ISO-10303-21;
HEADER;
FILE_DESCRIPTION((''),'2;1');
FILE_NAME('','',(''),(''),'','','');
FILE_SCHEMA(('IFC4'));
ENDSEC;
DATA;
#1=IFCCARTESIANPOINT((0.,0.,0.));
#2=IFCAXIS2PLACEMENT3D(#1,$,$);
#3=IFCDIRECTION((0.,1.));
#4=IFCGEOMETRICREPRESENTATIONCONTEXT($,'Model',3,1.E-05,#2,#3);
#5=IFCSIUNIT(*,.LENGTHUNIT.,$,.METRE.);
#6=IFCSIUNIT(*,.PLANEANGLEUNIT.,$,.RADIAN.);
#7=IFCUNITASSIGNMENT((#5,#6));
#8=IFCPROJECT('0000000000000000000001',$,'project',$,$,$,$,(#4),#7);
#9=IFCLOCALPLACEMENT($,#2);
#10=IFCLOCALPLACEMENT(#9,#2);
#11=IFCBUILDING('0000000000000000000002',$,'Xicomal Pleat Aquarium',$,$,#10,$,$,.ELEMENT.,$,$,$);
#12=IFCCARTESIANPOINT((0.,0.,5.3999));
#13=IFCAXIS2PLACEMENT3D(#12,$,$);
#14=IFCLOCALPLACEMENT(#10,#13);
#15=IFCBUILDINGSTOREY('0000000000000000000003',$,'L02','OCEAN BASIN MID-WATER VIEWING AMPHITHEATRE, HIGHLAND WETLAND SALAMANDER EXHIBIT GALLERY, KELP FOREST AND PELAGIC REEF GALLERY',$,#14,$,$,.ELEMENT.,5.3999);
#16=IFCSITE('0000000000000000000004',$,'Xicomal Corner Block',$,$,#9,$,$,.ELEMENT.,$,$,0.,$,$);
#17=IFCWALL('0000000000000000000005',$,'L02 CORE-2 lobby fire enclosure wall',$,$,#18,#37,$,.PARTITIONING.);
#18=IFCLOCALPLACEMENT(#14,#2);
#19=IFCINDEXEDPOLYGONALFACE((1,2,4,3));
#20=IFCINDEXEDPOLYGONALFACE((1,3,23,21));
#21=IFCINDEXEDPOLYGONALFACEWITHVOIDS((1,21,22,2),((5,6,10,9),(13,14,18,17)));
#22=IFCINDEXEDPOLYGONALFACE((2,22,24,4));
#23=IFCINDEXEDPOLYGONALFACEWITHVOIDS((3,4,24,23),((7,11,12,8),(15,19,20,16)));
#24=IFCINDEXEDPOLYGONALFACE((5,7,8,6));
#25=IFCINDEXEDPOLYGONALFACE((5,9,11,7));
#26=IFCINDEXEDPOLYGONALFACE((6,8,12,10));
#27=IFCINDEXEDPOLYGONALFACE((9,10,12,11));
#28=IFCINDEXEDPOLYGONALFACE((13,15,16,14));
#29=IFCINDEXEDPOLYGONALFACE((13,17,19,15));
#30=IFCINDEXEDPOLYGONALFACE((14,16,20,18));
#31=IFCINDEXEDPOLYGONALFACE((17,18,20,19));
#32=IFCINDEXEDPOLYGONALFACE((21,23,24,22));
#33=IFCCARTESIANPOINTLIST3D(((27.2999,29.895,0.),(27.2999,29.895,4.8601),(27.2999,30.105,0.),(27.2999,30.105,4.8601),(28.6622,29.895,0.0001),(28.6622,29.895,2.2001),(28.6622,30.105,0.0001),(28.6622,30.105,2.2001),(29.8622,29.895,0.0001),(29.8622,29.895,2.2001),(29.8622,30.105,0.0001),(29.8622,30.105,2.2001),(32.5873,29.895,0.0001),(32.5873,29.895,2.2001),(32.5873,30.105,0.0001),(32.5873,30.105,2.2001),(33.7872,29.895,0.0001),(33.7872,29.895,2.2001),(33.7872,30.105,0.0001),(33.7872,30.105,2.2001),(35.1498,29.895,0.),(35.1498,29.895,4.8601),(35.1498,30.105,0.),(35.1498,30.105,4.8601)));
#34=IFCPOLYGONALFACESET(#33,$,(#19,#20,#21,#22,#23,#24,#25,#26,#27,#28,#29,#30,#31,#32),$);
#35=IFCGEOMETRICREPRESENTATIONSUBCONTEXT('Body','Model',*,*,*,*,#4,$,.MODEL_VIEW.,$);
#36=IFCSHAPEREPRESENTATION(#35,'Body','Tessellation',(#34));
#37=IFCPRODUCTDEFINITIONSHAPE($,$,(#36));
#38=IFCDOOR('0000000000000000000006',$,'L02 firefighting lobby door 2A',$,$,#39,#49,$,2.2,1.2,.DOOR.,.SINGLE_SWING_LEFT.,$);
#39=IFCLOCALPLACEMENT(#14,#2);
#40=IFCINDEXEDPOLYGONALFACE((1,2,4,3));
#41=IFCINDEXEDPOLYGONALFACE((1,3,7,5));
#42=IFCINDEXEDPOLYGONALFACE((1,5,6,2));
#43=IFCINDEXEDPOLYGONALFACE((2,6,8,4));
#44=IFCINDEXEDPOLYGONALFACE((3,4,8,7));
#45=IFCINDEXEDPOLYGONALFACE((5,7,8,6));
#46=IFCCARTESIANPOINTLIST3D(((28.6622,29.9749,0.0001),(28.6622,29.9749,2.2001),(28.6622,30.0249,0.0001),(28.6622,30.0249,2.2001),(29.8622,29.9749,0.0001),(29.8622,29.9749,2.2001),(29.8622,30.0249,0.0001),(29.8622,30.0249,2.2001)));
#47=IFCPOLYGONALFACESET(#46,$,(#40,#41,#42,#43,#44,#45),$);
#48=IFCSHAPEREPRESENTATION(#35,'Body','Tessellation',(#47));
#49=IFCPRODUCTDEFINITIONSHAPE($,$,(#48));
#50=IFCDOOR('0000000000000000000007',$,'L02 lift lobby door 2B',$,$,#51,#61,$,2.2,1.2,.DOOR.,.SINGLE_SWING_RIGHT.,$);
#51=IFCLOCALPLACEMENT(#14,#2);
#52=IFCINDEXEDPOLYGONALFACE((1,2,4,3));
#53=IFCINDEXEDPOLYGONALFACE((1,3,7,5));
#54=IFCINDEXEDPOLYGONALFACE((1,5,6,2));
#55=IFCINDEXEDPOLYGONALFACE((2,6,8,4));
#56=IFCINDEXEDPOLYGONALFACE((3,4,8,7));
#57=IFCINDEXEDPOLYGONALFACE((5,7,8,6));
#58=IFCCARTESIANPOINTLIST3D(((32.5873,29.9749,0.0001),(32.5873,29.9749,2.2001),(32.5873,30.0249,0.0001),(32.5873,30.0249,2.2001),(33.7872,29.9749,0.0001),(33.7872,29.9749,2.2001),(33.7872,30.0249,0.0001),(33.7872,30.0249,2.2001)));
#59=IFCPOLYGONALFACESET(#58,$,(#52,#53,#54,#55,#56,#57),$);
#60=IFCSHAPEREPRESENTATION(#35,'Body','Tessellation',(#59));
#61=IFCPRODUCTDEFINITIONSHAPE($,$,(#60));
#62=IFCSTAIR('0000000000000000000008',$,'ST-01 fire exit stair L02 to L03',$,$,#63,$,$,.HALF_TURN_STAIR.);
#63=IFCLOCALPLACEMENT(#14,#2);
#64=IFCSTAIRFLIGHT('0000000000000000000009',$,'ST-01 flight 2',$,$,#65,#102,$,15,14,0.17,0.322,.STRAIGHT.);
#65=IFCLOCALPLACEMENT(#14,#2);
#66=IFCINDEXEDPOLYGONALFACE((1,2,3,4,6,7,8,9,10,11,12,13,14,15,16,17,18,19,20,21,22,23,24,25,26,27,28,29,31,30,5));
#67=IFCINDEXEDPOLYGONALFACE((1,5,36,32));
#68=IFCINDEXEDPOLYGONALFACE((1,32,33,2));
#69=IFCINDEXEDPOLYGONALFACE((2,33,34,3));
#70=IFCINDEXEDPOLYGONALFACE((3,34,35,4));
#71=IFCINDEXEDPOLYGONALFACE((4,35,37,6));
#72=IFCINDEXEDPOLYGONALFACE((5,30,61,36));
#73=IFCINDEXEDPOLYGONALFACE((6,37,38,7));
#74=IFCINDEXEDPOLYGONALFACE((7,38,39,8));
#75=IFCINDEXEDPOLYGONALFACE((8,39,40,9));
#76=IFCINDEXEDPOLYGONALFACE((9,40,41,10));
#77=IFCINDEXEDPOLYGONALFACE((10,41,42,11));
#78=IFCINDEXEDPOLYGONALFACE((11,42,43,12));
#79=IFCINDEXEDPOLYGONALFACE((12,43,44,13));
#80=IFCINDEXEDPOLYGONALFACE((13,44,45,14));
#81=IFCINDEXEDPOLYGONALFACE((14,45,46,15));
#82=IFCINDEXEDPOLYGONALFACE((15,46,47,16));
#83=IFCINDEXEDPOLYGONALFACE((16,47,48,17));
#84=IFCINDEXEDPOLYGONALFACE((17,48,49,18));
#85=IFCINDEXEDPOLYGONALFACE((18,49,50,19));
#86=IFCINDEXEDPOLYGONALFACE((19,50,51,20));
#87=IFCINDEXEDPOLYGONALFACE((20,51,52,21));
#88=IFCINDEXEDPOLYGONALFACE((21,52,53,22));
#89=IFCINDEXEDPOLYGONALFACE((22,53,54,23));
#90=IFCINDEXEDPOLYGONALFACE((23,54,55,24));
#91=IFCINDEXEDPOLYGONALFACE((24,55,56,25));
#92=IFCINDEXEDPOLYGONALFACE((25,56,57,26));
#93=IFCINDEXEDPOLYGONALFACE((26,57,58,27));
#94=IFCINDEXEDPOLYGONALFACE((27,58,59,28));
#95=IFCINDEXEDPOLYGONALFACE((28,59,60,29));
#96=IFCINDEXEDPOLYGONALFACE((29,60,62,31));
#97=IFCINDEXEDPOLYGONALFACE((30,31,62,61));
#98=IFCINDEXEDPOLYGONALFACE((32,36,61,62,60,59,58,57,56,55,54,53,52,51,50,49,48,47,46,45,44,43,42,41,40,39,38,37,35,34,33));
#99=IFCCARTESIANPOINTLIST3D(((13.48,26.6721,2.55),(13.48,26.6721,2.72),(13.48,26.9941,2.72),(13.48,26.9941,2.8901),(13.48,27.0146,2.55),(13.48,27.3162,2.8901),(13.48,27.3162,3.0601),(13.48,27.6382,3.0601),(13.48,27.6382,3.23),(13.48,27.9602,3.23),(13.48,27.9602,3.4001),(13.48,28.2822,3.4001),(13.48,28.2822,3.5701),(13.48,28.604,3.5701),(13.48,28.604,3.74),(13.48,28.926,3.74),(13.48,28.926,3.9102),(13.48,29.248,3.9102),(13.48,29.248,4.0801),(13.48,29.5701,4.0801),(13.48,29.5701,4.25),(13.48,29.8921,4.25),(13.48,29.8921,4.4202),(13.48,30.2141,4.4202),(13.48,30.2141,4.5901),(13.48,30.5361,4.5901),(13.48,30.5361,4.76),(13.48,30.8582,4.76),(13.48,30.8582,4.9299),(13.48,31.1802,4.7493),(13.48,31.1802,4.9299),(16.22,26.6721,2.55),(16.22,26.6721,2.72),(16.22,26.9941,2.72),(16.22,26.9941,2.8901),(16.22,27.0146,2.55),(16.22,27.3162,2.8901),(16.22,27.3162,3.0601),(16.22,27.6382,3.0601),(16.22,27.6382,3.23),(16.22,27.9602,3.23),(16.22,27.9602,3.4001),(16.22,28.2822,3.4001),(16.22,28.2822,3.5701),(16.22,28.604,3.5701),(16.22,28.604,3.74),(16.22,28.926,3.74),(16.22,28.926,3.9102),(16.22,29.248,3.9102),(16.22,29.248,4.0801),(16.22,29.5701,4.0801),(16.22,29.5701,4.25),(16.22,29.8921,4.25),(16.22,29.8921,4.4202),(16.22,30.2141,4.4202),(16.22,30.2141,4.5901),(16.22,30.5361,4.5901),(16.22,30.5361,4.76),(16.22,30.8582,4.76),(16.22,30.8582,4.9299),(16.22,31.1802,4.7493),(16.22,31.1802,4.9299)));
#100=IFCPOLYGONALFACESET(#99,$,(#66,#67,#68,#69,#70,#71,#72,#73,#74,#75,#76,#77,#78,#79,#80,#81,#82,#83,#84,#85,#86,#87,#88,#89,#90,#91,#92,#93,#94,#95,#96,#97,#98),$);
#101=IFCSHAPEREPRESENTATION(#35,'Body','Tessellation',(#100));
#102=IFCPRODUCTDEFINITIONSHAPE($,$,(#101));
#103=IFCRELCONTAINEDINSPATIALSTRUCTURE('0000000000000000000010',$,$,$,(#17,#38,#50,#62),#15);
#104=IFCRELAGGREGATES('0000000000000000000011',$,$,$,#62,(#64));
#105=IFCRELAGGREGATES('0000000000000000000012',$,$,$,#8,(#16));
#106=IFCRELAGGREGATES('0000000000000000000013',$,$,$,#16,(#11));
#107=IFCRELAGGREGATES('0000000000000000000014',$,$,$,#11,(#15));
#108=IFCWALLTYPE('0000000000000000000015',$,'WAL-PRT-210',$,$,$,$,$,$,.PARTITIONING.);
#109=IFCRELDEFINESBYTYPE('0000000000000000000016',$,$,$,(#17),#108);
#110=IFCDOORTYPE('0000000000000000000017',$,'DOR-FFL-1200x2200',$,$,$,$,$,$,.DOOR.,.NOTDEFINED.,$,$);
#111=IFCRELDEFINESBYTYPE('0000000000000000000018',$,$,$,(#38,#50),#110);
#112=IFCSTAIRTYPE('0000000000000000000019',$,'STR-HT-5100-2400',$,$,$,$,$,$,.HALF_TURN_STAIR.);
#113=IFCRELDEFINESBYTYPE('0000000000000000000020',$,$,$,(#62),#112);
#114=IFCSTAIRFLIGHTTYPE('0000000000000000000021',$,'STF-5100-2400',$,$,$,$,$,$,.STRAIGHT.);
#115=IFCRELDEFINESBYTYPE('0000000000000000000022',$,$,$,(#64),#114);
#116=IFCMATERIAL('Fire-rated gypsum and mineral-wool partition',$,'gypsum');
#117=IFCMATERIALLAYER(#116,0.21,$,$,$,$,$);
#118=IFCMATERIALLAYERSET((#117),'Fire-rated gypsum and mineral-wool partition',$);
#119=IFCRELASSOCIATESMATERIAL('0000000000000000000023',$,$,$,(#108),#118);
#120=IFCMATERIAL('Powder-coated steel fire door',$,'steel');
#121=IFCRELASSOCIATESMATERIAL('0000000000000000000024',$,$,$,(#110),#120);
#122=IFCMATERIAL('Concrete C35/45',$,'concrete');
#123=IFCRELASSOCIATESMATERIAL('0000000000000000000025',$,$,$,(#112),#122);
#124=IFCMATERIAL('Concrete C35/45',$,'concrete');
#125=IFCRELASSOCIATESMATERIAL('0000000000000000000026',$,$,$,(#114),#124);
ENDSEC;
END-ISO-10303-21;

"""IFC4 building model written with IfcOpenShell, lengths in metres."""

from ifc_helpers import new_model, si_unit, direction, frame, frame_2d, origin, place, context, subcontext, project, spatial, polyline, rectangle, outline, extrude, material, layer, layer_set, type_object, element, fill, aggregate, save


model = new_model("IFC4")

# Units and contexts
model_context = context("Model", 3, precision=1e-05, world=origin(), true_north=direction((0.0, 1.0)))
body_context = subcontext(model_context, "Body", "Model", "MODEL_VIEW")
ifc_project = project(units=[si_unit("LENGTHUNIT", "METRE"), si_unit("PLANEANGLEUNIT", "RADIAN")], contexts=[model_context])

# Site, building, storey
site_placement = place(None, origin())
site = spatial("IfcSite", under=ifc_project, at=site_placement, Name="Xicomal Corner Block", CompositionType="ELEMENT", RefElevation=0.0)
building_placement = place(site_placement, origin())
building = spatial("IfcBuilding", under=site, at=building_placement, Name="Xicomal Pleat Aquarium", CompositionType="ELEMENT")
storey_placement = place(building_placement, frame((0.0, 0.0, 5.3999)))
storey = spatial("IfcBuildingStorey", under=building, at=storey_placement, Name="L02", Description="OCEAN BASIN MID-WATER VIEWING AMPHITHEATRE, HIGHLAND WETLAND SALAMANDER EXHIBIT GALLERY, KELP FOREST AND PELAGIC REEF GALLERY", CompositionType="ELEMENT", Elevation=5.3999)

# Wall, openings, doors
ifc_material_1 = material(Name="Fire-rated gypsum and mineral-wool partition", Category="gypsum")
ifc_layer_1 = layer(ifc_material_1, 0.21)
ifc_layer_set_1 = layer_set([ifc_layer_1], Name="Fire-rated gypsum and mineral-wool partition")
wall_type_1 = type_object("IfcWallType", Name="WAL-PRT-210", PredefinedType="PARTITIONING", material=ifc_layer_set_1)
wall_1_placement = place(storey_placement, frame((27.3, 30.0, 0.0), z_axis=(0.0, 0.0, 1.0), x_axis=(1.0, 0.0, 0.0)))
wall_1 = element("IfcWall", 1, at=wall_1_placement, inside=storey, type_object=wall_type_1, Name="L02 CORE-2 lobby fire enclosure wall", PredefinedType="PARTITIONING", context=body_context, shape_type="SweptSolid", body=[
    extrude(rectangle(XDim=7.8499, YDim=0.21, at=frame_2d((3.9248, 0.0))), origin(), (0.0, 0.0, 1.0), 4.8601),
])
opening_1_placement = place(wall_1_placement, frame((1.3621, 0.0, 0.0)))
opening_1 = element("IfcOpeningElement", 2, at=opening_1_placement, cuts=wall_1, PredefinedType="OPENING", context=body_context, shape_type="SweptSolid", body=[
    extrude(rectangle(XDim=1.2, YDim=2.2, at=frame_2d((0.6001, 1.1001))), frame((0.0, 0.115, 0.0), z_axis=(0.0, -1.0, 0.0), x_axis=(1.0, 0.0, 0.0)), (0.0, 0.0, 1.0), 0.23),
])
opening_2_placement = place(wall_1_placement, frame((5.2871, 0.0, 0.0)))
opening_2 = element("IfcOpeningElement", 3, at=opening_2_placement, cuts=wall_1, PredefinedType="OPENING", context=body_context, shape_type="SweptSolid", body=[
    extrude(rectangle(XDim=1.2, YDim=2.2, at=frame_2d((0.6001, 1.1001))), frame((0.0, 0.115, 0.0), z_axis=(0.0, -1.0, 0.0), x_axis=(1.0, 0.0, 0.0)), (0.0, 0.0, 1.0), 0.23),
])
ifc_material_2 = material(Name="Powder-coated steel fire door", Category="steel")
door_type_1 = type_object("IfcDoorType", Name="DOR-FFL-1200x2200", OperationType="NOTDEFINED", PredefinedType="DOOR", material=ifc_material_2)
door_1_placement = place(opening_1_placement, origin())
door_1 = element("IfcDoor", 4, at=door_1_placement, inside=storey, type_object=door_type_1, Name="L02 firefighting lobby door 2A", OperationType="SINGLE_SWING_LEFT", OverallHeight=2.2, OverallWidth=1.2, PredefinedType="DOOR", context=body_context, shape_type="SweptSolid", body=[
    extrude(rectangle(XDim=1.2, YDim=2.2, at=frame_2d((0.6001, 1.1001))), frame((0.0, 0.0249, 0.0), z_axis=(0.0, -1.0, 0.0), x_axis=(1.0, 0.0, 0.0)), (0.0, 0.0, 1.0), 0.05),
])
fill(opening_1, door_1)
door_2_placement = place(opening_2_placement, origin())
door_2 = element("IfcDoor", 5, at=door_2_placement, inside=storey, type_object=door_type_1, Name="L02 lift lobby door 2B", OperationType="SINGLE_SWING_RIGHT", OverallHeight=2.2, OverallWidth=1.2, PredefinedType="DOOR", context=body_context, shape_type="SweptSolid", body=[
    extrude(rectangle(XDim=1.2, YDim=2.2, at=frame_2d((0.6001, 1.1001))), frame((0.0, 0.0249, 0.0), z_axis=(0.0, -1.0, 0.0), x_axis=(1.0, 0.0, 0.0)), (0.0, 0.0, 1.0), 0.05),
])
fill(opening_2, door_2)

# Stair, stair flight
ifc_material_3 = material(Name="Concrete C35/45", Category="concrete")
stair_type = type_object("IfcStairType", Name="STR-HT-5100-2400", PredefinedType="HALF_TURN_STAIR", material=ifc_material_3)
stair_placement = place(storey_placement, origin())
stair = element("IfcStair", 6, at=stair_placement, inside=storey, type_object=stair_type, Name="ST-01 fire exit stair L02 to L03", PredefinedType="HALF_TURN_STAIR")
ifc_material_4 = material(Name="Concrete C35/45", Category="concrete")
stair_flight_type = type_object("IfcStairFlightType", Name="STF-5100-2400", PredefinedType="STRAIGHT", material=ifc_material_4)
stair_flight_placement = place(storey_placement, frame((14.8501, 26.6721, 2.55), z_axis=(0.0, 0.0, 1.0), x_axis=(0.0, 1.0, 0.0)))
stair_flight = element("IfcStairFlight", 7, at=stair_flight_placement, type_object=stair_flight_type, Name="ST-01 flight 2", NumberOfRisers=15, NumberOfTreads=14, PredefinedType="STRAIGHT", RiserHeight=0.17, TreadLength=0.322, context=body_context, shape_type="SweptSolid", body=[
    extrude(outline(polyline([(0.0, 0.0), (0.0, 0.1699), (0.322, 0.1699), (0.322, 0.3401), (0.644, 0.3401), (0.644, 0.51), (0.9661, 0.51), (0.9661, 0.6799), (1.2881, 0.6799), (1.2881, 0.8501), (1.6101, 0.8501), (1.6101, 1.02), (1.9319, 1.02), (1.9319, 1.1899), (2.2539, 1.1899), (2.2539, 1.3601), (2.5759, 1.3601), (2.5759, 1.53), (2.8979, 1.53), (2.8979, 1.7), (3.22, 1.7), (3.22, 1.8701), (3.542, 1.8701), (3.542, 2.04), (3.864, 2.04), (3.864, 2.21), (4.186, 2.21), (4.186, 2.3799), (4.5081, 2.3799), (4.5081, 2.55), (4.5081, 2.1992), (0.3425, 0.0), (0.0, 0.0)])), frame((0.0, 1.3701, 0.0), z_axis=(0.0, -1.0, 0.0), x_axis=(1.0, 0.0, 0.0)), (0.0, 0.0, 1.0), 2.74),
])
aggregate(stair, [stair_flight])

save(model, "model.ifc")
